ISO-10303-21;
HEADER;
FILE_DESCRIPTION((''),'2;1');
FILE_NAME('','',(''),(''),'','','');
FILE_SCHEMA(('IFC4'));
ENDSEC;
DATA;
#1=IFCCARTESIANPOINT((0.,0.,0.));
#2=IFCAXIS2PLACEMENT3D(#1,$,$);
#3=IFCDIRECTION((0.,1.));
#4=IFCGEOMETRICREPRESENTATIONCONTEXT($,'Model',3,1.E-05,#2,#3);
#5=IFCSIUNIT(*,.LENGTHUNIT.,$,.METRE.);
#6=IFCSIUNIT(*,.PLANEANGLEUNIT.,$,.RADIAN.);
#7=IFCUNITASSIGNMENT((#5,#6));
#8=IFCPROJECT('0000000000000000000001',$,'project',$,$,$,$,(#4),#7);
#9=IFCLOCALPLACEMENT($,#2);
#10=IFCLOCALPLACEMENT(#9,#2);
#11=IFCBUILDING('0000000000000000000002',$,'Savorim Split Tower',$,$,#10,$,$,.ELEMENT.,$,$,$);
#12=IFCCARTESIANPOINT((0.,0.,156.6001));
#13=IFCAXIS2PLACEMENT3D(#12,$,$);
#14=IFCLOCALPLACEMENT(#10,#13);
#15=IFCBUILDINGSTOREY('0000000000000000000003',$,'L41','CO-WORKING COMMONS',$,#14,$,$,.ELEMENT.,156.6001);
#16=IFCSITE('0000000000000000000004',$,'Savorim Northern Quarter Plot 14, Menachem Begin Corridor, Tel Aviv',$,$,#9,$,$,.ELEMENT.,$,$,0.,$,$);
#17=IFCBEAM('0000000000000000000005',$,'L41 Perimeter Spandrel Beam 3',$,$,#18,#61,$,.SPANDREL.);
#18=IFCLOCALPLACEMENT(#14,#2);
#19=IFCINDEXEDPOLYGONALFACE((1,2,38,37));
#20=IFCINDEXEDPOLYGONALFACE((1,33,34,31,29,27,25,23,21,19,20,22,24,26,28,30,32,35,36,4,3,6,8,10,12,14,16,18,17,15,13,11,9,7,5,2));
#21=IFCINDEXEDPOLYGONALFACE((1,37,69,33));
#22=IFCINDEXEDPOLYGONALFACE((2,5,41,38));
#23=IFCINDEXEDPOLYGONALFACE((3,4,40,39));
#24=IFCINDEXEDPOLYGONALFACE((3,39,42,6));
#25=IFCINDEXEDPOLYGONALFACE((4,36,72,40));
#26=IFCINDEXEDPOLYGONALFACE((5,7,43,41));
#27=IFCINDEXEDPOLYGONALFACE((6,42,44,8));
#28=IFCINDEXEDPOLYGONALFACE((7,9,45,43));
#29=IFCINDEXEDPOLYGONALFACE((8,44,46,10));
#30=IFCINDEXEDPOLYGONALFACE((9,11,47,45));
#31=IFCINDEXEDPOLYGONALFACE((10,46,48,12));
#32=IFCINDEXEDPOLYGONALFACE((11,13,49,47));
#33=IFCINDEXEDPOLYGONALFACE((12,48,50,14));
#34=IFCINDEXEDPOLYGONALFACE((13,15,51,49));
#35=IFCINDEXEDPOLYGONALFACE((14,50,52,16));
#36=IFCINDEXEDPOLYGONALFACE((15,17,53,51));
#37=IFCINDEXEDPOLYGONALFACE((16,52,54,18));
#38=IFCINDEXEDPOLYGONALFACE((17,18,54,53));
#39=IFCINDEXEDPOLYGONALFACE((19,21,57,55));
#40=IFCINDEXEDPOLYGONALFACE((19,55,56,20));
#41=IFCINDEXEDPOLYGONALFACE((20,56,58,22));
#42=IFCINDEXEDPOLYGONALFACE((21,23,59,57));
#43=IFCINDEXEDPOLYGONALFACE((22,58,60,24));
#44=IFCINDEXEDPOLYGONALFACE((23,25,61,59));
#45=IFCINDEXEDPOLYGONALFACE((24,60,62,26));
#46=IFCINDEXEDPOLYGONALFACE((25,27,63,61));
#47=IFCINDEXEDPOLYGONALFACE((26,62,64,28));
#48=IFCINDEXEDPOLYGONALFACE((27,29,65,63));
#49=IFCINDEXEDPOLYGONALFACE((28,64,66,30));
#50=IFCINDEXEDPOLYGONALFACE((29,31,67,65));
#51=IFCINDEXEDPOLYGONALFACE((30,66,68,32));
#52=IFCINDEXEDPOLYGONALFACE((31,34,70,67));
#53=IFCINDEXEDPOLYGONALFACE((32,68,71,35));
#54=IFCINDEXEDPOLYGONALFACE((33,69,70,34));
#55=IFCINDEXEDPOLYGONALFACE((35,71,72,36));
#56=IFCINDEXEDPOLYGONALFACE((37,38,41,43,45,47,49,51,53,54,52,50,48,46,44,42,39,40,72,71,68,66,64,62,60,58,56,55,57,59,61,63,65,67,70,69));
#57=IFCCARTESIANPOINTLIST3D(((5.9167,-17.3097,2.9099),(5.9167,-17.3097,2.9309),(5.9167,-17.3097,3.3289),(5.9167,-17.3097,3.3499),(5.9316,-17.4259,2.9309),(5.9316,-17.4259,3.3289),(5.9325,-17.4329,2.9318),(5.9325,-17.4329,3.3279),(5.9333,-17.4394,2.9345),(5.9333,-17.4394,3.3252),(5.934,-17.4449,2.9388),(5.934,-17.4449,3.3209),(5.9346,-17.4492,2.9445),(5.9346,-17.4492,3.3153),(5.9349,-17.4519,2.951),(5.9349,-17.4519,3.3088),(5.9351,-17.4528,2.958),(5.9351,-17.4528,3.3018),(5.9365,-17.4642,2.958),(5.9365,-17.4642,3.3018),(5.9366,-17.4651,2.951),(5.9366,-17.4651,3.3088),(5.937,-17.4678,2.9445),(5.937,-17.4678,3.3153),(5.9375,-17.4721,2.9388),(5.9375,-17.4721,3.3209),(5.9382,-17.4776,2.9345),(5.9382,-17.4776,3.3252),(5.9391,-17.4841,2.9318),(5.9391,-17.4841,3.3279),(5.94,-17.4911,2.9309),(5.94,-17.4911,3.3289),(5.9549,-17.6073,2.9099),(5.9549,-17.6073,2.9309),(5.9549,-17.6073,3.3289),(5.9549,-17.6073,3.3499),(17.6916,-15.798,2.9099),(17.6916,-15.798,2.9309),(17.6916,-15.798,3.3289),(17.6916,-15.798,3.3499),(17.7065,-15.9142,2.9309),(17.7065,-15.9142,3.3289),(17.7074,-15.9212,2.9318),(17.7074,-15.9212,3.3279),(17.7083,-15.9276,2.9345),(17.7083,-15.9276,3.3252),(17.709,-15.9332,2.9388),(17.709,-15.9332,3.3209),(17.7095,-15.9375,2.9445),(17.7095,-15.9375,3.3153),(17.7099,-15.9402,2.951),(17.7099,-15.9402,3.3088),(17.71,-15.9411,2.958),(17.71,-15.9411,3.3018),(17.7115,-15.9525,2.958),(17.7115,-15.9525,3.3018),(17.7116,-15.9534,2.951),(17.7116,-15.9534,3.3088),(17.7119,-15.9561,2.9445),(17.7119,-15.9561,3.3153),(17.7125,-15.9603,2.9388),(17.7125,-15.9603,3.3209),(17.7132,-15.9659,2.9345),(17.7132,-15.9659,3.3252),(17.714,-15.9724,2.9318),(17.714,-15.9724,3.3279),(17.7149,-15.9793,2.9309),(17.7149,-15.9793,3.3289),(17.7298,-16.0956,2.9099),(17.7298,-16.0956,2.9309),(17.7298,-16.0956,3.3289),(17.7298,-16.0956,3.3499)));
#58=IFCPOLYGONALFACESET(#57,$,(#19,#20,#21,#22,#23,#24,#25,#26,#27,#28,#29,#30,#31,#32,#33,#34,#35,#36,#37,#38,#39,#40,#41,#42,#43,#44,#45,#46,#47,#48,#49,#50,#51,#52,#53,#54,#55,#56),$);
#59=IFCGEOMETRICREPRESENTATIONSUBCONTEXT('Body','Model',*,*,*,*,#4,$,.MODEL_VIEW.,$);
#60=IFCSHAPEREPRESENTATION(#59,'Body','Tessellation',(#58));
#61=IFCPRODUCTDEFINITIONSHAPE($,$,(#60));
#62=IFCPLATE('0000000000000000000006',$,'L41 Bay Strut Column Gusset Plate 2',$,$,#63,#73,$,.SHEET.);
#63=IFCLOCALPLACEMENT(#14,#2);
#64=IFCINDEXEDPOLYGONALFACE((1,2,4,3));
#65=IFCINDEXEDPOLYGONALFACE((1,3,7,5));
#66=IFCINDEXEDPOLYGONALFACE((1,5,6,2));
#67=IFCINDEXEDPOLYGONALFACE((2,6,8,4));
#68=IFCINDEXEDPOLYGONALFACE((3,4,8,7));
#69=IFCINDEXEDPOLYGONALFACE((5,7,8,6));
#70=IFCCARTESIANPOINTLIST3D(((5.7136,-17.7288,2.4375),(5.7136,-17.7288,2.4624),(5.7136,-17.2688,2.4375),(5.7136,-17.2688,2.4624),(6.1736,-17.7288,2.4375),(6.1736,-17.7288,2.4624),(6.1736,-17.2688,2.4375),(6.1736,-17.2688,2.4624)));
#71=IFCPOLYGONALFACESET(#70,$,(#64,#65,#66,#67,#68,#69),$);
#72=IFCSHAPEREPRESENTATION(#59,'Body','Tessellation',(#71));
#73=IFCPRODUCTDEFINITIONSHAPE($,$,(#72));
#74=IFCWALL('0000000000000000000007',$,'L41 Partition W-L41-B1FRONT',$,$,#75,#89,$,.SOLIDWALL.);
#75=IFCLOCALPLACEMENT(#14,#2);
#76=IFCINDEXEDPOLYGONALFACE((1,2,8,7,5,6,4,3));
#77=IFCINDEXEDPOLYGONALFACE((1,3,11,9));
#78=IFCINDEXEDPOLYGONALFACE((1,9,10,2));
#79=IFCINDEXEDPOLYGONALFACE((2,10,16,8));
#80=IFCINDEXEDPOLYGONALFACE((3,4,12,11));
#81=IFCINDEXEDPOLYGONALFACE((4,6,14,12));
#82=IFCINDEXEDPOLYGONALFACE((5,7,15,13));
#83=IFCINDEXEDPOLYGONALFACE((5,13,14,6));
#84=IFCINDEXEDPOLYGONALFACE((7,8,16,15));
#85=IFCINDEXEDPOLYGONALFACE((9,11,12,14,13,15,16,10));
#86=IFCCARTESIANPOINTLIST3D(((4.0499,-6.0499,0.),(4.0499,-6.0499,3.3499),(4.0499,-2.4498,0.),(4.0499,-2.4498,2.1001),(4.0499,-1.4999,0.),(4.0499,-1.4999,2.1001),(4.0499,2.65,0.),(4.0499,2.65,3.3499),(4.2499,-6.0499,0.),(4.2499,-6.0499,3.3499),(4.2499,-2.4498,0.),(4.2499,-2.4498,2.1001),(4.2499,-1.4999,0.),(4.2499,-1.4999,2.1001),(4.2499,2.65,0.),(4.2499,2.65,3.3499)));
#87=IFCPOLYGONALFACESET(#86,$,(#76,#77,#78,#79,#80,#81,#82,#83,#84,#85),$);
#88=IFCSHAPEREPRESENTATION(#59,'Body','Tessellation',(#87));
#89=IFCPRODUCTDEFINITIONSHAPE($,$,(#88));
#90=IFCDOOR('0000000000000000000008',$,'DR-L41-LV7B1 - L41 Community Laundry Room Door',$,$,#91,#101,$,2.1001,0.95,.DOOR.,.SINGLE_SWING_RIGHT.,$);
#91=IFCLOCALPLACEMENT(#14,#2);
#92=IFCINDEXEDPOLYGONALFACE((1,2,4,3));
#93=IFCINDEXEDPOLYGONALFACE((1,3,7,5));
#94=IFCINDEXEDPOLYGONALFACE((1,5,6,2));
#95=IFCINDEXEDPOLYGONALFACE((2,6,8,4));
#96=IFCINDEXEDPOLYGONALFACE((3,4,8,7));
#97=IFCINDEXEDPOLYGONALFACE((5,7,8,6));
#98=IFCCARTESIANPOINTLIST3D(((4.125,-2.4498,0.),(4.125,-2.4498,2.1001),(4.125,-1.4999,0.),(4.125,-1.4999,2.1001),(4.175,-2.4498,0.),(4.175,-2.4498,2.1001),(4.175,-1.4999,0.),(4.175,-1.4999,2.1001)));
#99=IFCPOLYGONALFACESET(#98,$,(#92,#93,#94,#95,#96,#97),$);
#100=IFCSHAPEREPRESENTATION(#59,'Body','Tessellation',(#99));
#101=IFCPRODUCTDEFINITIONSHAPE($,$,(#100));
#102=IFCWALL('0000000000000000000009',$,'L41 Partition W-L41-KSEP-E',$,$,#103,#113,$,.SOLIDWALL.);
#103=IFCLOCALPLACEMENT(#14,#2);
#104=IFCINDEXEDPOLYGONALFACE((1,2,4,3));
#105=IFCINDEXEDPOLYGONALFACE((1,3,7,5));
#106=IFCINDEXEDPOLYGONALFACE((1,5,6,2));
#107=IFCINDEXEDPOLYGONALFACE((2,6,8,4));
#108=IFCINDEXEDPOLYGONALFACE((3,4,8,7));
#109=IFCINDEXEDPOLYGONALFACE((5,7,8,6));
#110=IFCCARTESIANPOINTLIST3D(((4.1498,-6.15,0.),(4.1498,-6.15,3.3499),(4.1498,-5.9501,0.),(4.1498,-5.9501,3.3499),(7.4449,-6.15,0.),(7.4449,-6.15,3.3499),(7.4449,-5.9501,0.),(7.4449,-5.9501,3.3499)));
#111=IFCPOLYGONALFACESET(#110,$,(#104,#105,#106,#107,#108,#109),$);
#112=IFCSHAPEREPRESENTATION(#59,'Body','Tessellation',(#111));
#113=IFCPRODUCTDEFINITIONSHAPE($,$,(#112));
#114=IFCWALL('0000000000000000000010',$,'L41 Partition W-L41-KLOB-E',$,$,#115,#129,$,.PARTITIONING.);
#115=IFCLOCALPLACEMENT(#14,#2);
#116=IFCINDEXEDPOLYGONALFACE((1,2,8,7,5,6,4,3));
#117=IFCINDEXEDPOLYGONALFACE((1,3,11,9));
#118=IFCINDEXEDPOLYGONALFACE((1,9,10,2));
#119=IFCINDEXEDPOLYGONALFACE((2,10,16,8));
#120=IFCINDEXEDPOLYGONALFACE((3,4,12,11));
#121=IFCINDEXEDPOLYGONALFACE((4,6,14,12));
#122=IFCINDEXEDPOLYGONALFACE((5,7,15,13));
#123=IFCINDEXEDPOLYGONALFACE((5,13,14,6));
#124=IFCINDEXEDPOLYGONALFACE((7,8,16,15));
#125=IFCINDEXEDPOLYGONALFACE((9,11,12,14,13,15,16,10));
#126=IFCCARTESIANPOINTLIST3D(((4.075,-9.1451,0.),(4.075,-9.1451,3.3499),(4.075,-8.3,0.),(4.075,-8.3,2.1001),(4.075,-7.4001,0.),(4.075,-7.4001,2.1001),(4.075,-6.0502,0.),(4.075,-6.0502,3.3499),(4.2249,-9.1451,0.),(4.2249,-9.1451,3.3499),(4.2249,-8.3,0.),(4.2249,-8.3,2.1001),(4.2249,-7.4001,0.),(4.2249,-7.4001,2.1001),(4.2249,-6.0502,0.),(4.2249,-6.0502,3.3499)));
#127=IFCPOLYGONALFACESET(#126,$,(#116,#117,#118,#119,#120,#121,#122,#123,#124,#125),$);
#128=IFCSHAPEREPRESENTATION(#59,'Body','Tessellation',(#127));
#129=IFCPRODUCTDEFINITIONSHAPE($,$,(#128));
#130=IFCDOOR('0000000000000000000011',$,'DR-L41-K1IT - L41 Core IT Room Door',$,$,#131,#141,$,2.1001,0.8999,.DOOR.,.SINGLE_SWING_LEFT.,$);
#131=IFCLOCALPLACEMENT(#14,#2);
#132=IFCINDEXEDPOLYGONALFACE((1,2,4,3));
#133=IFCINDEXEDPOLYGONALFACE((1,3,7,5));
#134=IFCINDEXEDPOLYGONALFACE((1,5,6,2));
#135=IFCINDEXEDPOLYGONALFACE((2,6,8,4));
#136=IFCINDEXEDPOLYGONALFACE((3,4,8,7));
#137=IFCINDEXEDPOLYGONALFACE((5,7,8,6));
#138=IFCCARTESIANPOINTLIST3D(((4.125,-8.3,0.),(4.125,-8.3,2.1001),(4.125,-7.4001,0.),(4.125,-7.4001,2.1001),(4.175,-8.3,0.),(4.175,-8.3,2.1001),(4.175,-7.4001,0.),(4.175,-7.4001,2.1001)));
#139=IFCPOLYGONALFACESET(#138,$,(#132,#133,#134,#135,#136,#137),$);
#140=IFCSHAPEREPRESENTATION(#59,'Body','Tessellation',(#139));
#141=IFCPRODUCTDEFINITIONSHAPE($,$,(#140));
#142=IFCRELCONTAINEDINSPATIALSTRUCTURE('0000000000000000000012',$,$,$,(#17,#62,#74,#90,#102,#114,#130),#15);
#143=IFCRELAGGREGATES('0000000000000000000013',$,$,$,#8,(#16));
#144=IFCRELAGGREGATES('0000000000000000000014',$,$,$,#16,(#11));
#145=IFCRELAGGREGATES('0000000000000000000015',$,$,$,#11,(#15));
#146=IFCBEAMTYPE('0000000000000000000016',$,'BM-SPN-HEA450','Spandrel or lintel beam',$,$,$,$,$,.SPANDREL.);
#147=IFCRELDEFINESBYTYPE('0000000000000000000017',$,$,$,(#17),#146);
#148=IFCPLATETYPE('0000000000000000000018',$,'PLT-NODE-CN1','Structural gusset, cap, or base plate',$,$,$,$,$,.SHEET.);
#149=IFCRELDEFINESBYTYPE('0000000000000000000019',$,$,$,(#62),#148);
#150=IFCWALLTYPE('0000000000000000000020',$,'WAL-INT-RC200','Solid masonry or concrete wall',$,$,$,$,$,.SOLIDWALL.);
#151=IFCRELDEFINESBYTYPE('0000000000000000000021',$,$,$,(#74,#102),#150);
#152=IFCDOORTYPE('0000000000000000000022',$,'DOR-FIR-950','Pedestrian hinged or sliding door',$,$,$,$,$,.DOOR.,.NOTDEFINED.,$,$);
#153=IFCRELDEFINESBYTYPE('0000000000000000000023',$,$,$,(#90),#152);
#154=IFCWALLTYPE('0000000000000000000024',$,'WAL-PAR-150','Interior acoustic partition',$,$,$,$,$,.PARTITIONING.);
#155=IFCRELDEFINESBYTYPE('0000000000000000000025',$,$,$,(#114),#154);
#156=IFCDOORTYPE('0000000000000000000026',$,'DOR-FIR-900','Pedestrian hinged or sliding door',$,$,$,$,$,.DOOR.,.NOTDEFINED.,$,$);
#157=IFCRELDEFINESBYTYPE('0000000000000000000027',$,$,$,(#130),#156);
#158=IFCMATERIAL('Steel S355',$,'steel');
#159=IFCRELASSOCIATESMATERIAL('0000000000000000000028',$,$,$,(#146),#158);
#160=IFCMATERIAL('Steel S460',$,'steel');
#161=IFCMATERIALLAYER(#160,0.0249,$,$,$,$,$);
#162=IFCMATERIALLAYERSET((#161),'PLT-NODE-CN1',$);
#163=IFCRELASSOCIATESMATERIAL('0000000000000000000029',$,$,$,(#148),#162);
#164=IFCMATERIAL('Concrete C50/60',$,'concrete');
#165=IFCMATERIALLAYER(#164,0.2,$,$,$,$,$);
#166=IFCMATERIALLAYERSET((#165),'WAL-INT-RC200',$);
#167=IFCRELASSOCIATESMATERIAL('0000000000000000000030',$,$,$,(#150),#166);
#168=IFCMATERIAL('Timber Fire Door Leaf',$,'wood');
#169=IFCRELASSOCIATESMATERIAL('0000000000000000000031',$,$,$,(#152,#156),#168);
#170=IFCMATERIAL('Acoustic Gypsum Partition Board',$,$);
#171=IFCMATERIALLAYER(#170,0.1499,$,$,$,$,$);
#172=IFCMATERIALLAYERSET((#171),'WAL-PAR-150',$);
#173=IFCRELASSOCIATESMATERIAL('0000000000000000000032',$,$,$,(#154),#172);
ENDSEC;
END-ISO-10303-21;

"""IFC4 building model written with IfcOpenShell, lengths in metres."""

from ifc_helpers import new_model, si_unit, direction, frame, frame_2d, origin, origin_2d, place, context, subcontext, project, spatial, rectangle, i_section, extrude, material, layer, layer_set, material_profile, profile_set, type_object, element, fill, save


model = new_model("IFC4")

# Units and contexts
model_context = context("Model", 3, precision=1e-05, world=origin(), true_north=direction((0.0, 1.0)))
body_context = subcontext(model_context, "Body", "Model", "MODEL_VIEW")
ifc_project = project(units=[si_unit("LENGTHUNIT", "METRE"), si_unit("PLANEANGLEUNIT", "RADIAN")], contexts=[model_context])

# Site, building, storey
site_placement = place(None, origin())
site = spatial("IfcSite", under=ifc_project, at=site_placement, Name="Savorim Northern Quarter Plot 14, Menachem Begin Corridor, Tel Aviv", CompositionType="ELEMENT", RefElevation=0.0)
building_placement = place(site_placement, origin())
building = spatial("IfcBuilding", under=site, at=building_placement, Name="Savorim Split Tower", CompositionType="ELEMENT")
storey_placement = place(building_placement, frame((0.0, 0.0, 156.6001)))
storey = spatial("IfcBuildingStorey", under=building, at=storey_placement, Name="L41", Description="CO-WORKING COMMONS", CompositionType="ELEMENT", Elevation=156.6001)

# Shared definitions
ifc_material_1 = material(Name="Steel S460", Category="steel")

# Beam
ifc_material_2 = material(Name="Steel S355", Category="steel")
ifc_material_profile_1 = material_profile(ifc_material_2, i_section(OverallWidth=0.3, OverallDepth=0.4399, WebThickness=0.0115, FlangeThickness=0.021, FilletRadius=0.0271, at=origin_2d()), Name="HEA 450")
ifc_profile_set_1 = profile_set([ifc_material_profile_1], Name="Steel S355")
beam_type_1 = type_object("IfcBeamType", Name="BM-SPN-HEA450", Description="Spandrel or lintel beam", PredefinedType="SPANDREL", material=ifc_profile_set_1)
beam_1_placement = place(storey_placement, frame((5.9358, -17.4585, 3.1299), z_axis=(0.991859, 0.12734, 0.0), x_axis=(-0.12734, 0.991859, 0.0)))
element("IfcBeam", 1, at=beam_1_placement, inside=storey, type_object=beam_type_1, Name="L41 Perimeter Spandrel Beam 3", PredefinedType="SPANDREL", context=body_context, shape_type="SweptSolid", body=[
    extrude(i_section(OverallWidth=0.3, OverallDepth=0.4399, WebThickness=0.0115, FlangeThickness=0.021, FilletRadius=0.0271, at=origin_2d()), origin(), (0.0, 0.0, 1.0), 11.8716),
])

# Plate
ifc_layer_1 = layer(ifc_material_1, 0.0249)
ifc_layer_set_1 = layer_set([ifc_layer_1], Name="PLT-NODE-CN1")
plate_type = type_object("IfcPlateType", Name="PLT-NODE-CN1", Description="Structural gusset, cap, or base plate", PredefinedType="SHEET", material=ifc_layer_set_1)
plate_placement = place(storey_placement, frame((5.9436, -17.4988, 2.4375), z_axis=(0.0, 0.0, 1.0), x_axis=(1.0, 0.0, 0.0)))
element("IfcPlate", 2, at=plate_placement, inside=storey, type_object=plate_type, Name="L41 Bay Strut Column Gusset Plate 2", PredefinedType="SHEET", context=body_context, shape_type="SweptSolid", body=[
    extrude(rectangle(XDim=0.46, YDim=0.46, at=origin_2d()), origin(), (0.0, 0.0, 1.0), 0.0249),
])

# Wall, opening, door
ifc_material_3 = material(Name="Concrete C50/60", Category="concrete")
ifc_layer_2 = layer(ifc_material_3, 0.2)
ifc_layer_set_2 = layer_set([ifc_layer_2], Name="WAL-INT-RC200")
wall_type_1 = type_object("IfcWallType", Name="WAL-INT-RC200", Description="Solid masonry or concrete wall", PredefinedType="SOLIDWALL", material=ifc_layer_set_2)
wall_1_placement = place(storey_placement, frame((4.1499, -6.05, 0.0), z_axis=(0.0, 0.0, 1.0), x_axis=(0.0, 1.0, 0.0)))
wall_1 = element("IfcWall", 3, at=wall_1_placement, inside=storey, type_object=wall_type_1, Name="L41 Partition W-L41-B1FRONT", PredefinedType="SOLIDWALL", context=body_context, shape_type="SweptSolid", body=[
    extrude(rectangle(XDim=8.7, YDim=0.2, at=frame_2d((4.3501, 0.0))), origin(), (0.0, 0.0, 1.0), 3.3499),
])
opening_1_placement = place(wall_1_placement, frame((3.6001, 0.0, 0.0)))
opening_1 = element("IfcOpeningElement", 4, at=opening_1_placement, cuts=wall_1, PredefinedType="OPENING", context=body_context, shape_type="SweptSolid", body=[
    extrude(rectangle(XDim=0.95, YDim=2.1001, at=frame_2d((0.4751, 1.05))), frame((0.0, 0.1099, 0.0), z_axis=(0.0, -1.0, 0.0), x_axis=(1.0, 0.0, 0.0)), (0.0, 0.0, 1.0), 0.22),
])
ifc_material_4 = material(Name="Timber Fire Door Leaf", Category="wood")
door_type_1 = type_object("IfcDoorType", Name="DOR-FIR-950", Description="Pedestrian hinged or sliding door", OperationType="NOTDEFINED", PredefinedType="DOOR", material=ifc_material_4)
door_1_placement = place(opening_1_placement, origin())
door_1 = element("IfcDoor", 5, at=door_1_placement, inside=storey, type_object=door_type_1, Name="DR-L41-LV7B1 - L41 Community Laundry Room Door", OperationType="SINGLE_SWING_RIGHT", OverallHeight=2.1001, OverallWidth=0.95, PredefinedType="DOOR", context=body_context, shape_type="SweptSolid", body=[
    extrude(rectangle(XDim=0.95, YDim=2.1001, at=frame_2d((0.4751, 1.05))), frame((0.0, 0.0249, 0.0), z_axis=(0.0, -1.0, 0.0), x_axis=(1.0, 0.0, 0.0)), (0.0, 0.0, 1.0), 0.05),
])
fill(opening_1, door_1)

# Wall
wall_2_placement = place(storey_placement, frame((4.1499, -6.05, 0.0), z_axis=(0.0, 0.0, 1.0), x_axis=(1.0, 0.0, 0.0)))
element("IfcWall", 6, at=wall_2_placement, inside=storey, type_object=wall_type_1, Name="L41 Partition W-L41-KSEP-E", PredefinedType="SOLIDWALL", context=body_context, shape_type="SweptSolid", body=[
    extrude(rectangle(XDim=3.2952, YDim=0.2, at=frame_2d((1.6475, 0.0))), origin(), (0.0, 0.0, 1.0), 3.3499),
])

# Wall, opening, door
ifc_material_5 = material(Name="Acoustic Gypsum Partition Board")
ifc_layer_3 = layer(ifc_material_5, 0.1499)
ifc_layer_set_3 = layer_set([ifc_layer_3], Name="WAL-PAR-150")
wall_type_2 = type_object("IfcWallType", Name="WAL-PAR-150", Description="Interior acoustic partition", PredefinedType="PARTITIONING", material=ifc_layer_set_3)
wall_3_placement = place(storey_placement, frame((4.1499, -9.145, 0.0), z_axis=(0.0, 0.0, 1.0), x_axis=(0.0, 1.0, 0.0)))
wall_3 = element("IfcWall", 7, at=wall_3_placement, inside=storey, type_object=wall_type_2, Name="L41 Partition W-L41-KLOB-E", PredefinedType="PARTITIONING", context=body_context, shape_type="SweptSolid", body=[
    extrude(rectangle(XDim=3.095, YDim=0.1499, at=frame_2d((1.5474, 0.0))), origin(), (0.0, 0.0, 1.0), 3.3499),
])
opening_2_placement = place(wall_3_placement, frame((0.845, 0.0, 0.0)))
opening_2 = element("IfcOpeningElement", 8, at=opening_2_placement, cuts=wall_3, PredefinedType="OPENING", context=body_context, shape_type="SweptSolid", body=[
    extrude(rectangle(XDim=0.8999, YDim=2.1001, at=frame_2d((0.45, 1.05))), frame((0.0, 0.085, 0.0), z_axis=(0.0, -1.0, 0.0), x_axis=(1.0, 0.0, 0.0)), (0.0, 0.0, 1.0), 0.1699),
])
door_type_2 = type_object("IfcDoorType", Name="DOR-FIR-900", Description="Pedestrian hinged or sliding door", OperationType="NOTDEFINED", PredefinedType="DOOR", material=ifc_material_4)
door_2_placement = place(opening_2_placement, origin())
door_2 = element("IfcDoor", 9, at=door_2_placement, inside=storey, type_object=door_type_2, Name="DR-L41-K1IT - L41 Core IT Room Door", OperationType="SINGLE_SWING_LEFT", OverallHeight=2.1001, OverallWidth=0.8999, PredefinedType="DOOR", context=body_context, shape_type="SweptSolid", body=[
    extrude(rectangle(XDim=0.8999, YDim=2.1001, at=frame_2d((0.45, 1.05))), frame((0.0, 0.0249, 0.0), z_axis=(0.0, -1.0, 0.0), x_axis=(1.0, 0.0, 0.0)), (0.0, 0.0, 1.0), 0.05),
])
fill(opening_2, door_2)

save(model, "model.ifc")
